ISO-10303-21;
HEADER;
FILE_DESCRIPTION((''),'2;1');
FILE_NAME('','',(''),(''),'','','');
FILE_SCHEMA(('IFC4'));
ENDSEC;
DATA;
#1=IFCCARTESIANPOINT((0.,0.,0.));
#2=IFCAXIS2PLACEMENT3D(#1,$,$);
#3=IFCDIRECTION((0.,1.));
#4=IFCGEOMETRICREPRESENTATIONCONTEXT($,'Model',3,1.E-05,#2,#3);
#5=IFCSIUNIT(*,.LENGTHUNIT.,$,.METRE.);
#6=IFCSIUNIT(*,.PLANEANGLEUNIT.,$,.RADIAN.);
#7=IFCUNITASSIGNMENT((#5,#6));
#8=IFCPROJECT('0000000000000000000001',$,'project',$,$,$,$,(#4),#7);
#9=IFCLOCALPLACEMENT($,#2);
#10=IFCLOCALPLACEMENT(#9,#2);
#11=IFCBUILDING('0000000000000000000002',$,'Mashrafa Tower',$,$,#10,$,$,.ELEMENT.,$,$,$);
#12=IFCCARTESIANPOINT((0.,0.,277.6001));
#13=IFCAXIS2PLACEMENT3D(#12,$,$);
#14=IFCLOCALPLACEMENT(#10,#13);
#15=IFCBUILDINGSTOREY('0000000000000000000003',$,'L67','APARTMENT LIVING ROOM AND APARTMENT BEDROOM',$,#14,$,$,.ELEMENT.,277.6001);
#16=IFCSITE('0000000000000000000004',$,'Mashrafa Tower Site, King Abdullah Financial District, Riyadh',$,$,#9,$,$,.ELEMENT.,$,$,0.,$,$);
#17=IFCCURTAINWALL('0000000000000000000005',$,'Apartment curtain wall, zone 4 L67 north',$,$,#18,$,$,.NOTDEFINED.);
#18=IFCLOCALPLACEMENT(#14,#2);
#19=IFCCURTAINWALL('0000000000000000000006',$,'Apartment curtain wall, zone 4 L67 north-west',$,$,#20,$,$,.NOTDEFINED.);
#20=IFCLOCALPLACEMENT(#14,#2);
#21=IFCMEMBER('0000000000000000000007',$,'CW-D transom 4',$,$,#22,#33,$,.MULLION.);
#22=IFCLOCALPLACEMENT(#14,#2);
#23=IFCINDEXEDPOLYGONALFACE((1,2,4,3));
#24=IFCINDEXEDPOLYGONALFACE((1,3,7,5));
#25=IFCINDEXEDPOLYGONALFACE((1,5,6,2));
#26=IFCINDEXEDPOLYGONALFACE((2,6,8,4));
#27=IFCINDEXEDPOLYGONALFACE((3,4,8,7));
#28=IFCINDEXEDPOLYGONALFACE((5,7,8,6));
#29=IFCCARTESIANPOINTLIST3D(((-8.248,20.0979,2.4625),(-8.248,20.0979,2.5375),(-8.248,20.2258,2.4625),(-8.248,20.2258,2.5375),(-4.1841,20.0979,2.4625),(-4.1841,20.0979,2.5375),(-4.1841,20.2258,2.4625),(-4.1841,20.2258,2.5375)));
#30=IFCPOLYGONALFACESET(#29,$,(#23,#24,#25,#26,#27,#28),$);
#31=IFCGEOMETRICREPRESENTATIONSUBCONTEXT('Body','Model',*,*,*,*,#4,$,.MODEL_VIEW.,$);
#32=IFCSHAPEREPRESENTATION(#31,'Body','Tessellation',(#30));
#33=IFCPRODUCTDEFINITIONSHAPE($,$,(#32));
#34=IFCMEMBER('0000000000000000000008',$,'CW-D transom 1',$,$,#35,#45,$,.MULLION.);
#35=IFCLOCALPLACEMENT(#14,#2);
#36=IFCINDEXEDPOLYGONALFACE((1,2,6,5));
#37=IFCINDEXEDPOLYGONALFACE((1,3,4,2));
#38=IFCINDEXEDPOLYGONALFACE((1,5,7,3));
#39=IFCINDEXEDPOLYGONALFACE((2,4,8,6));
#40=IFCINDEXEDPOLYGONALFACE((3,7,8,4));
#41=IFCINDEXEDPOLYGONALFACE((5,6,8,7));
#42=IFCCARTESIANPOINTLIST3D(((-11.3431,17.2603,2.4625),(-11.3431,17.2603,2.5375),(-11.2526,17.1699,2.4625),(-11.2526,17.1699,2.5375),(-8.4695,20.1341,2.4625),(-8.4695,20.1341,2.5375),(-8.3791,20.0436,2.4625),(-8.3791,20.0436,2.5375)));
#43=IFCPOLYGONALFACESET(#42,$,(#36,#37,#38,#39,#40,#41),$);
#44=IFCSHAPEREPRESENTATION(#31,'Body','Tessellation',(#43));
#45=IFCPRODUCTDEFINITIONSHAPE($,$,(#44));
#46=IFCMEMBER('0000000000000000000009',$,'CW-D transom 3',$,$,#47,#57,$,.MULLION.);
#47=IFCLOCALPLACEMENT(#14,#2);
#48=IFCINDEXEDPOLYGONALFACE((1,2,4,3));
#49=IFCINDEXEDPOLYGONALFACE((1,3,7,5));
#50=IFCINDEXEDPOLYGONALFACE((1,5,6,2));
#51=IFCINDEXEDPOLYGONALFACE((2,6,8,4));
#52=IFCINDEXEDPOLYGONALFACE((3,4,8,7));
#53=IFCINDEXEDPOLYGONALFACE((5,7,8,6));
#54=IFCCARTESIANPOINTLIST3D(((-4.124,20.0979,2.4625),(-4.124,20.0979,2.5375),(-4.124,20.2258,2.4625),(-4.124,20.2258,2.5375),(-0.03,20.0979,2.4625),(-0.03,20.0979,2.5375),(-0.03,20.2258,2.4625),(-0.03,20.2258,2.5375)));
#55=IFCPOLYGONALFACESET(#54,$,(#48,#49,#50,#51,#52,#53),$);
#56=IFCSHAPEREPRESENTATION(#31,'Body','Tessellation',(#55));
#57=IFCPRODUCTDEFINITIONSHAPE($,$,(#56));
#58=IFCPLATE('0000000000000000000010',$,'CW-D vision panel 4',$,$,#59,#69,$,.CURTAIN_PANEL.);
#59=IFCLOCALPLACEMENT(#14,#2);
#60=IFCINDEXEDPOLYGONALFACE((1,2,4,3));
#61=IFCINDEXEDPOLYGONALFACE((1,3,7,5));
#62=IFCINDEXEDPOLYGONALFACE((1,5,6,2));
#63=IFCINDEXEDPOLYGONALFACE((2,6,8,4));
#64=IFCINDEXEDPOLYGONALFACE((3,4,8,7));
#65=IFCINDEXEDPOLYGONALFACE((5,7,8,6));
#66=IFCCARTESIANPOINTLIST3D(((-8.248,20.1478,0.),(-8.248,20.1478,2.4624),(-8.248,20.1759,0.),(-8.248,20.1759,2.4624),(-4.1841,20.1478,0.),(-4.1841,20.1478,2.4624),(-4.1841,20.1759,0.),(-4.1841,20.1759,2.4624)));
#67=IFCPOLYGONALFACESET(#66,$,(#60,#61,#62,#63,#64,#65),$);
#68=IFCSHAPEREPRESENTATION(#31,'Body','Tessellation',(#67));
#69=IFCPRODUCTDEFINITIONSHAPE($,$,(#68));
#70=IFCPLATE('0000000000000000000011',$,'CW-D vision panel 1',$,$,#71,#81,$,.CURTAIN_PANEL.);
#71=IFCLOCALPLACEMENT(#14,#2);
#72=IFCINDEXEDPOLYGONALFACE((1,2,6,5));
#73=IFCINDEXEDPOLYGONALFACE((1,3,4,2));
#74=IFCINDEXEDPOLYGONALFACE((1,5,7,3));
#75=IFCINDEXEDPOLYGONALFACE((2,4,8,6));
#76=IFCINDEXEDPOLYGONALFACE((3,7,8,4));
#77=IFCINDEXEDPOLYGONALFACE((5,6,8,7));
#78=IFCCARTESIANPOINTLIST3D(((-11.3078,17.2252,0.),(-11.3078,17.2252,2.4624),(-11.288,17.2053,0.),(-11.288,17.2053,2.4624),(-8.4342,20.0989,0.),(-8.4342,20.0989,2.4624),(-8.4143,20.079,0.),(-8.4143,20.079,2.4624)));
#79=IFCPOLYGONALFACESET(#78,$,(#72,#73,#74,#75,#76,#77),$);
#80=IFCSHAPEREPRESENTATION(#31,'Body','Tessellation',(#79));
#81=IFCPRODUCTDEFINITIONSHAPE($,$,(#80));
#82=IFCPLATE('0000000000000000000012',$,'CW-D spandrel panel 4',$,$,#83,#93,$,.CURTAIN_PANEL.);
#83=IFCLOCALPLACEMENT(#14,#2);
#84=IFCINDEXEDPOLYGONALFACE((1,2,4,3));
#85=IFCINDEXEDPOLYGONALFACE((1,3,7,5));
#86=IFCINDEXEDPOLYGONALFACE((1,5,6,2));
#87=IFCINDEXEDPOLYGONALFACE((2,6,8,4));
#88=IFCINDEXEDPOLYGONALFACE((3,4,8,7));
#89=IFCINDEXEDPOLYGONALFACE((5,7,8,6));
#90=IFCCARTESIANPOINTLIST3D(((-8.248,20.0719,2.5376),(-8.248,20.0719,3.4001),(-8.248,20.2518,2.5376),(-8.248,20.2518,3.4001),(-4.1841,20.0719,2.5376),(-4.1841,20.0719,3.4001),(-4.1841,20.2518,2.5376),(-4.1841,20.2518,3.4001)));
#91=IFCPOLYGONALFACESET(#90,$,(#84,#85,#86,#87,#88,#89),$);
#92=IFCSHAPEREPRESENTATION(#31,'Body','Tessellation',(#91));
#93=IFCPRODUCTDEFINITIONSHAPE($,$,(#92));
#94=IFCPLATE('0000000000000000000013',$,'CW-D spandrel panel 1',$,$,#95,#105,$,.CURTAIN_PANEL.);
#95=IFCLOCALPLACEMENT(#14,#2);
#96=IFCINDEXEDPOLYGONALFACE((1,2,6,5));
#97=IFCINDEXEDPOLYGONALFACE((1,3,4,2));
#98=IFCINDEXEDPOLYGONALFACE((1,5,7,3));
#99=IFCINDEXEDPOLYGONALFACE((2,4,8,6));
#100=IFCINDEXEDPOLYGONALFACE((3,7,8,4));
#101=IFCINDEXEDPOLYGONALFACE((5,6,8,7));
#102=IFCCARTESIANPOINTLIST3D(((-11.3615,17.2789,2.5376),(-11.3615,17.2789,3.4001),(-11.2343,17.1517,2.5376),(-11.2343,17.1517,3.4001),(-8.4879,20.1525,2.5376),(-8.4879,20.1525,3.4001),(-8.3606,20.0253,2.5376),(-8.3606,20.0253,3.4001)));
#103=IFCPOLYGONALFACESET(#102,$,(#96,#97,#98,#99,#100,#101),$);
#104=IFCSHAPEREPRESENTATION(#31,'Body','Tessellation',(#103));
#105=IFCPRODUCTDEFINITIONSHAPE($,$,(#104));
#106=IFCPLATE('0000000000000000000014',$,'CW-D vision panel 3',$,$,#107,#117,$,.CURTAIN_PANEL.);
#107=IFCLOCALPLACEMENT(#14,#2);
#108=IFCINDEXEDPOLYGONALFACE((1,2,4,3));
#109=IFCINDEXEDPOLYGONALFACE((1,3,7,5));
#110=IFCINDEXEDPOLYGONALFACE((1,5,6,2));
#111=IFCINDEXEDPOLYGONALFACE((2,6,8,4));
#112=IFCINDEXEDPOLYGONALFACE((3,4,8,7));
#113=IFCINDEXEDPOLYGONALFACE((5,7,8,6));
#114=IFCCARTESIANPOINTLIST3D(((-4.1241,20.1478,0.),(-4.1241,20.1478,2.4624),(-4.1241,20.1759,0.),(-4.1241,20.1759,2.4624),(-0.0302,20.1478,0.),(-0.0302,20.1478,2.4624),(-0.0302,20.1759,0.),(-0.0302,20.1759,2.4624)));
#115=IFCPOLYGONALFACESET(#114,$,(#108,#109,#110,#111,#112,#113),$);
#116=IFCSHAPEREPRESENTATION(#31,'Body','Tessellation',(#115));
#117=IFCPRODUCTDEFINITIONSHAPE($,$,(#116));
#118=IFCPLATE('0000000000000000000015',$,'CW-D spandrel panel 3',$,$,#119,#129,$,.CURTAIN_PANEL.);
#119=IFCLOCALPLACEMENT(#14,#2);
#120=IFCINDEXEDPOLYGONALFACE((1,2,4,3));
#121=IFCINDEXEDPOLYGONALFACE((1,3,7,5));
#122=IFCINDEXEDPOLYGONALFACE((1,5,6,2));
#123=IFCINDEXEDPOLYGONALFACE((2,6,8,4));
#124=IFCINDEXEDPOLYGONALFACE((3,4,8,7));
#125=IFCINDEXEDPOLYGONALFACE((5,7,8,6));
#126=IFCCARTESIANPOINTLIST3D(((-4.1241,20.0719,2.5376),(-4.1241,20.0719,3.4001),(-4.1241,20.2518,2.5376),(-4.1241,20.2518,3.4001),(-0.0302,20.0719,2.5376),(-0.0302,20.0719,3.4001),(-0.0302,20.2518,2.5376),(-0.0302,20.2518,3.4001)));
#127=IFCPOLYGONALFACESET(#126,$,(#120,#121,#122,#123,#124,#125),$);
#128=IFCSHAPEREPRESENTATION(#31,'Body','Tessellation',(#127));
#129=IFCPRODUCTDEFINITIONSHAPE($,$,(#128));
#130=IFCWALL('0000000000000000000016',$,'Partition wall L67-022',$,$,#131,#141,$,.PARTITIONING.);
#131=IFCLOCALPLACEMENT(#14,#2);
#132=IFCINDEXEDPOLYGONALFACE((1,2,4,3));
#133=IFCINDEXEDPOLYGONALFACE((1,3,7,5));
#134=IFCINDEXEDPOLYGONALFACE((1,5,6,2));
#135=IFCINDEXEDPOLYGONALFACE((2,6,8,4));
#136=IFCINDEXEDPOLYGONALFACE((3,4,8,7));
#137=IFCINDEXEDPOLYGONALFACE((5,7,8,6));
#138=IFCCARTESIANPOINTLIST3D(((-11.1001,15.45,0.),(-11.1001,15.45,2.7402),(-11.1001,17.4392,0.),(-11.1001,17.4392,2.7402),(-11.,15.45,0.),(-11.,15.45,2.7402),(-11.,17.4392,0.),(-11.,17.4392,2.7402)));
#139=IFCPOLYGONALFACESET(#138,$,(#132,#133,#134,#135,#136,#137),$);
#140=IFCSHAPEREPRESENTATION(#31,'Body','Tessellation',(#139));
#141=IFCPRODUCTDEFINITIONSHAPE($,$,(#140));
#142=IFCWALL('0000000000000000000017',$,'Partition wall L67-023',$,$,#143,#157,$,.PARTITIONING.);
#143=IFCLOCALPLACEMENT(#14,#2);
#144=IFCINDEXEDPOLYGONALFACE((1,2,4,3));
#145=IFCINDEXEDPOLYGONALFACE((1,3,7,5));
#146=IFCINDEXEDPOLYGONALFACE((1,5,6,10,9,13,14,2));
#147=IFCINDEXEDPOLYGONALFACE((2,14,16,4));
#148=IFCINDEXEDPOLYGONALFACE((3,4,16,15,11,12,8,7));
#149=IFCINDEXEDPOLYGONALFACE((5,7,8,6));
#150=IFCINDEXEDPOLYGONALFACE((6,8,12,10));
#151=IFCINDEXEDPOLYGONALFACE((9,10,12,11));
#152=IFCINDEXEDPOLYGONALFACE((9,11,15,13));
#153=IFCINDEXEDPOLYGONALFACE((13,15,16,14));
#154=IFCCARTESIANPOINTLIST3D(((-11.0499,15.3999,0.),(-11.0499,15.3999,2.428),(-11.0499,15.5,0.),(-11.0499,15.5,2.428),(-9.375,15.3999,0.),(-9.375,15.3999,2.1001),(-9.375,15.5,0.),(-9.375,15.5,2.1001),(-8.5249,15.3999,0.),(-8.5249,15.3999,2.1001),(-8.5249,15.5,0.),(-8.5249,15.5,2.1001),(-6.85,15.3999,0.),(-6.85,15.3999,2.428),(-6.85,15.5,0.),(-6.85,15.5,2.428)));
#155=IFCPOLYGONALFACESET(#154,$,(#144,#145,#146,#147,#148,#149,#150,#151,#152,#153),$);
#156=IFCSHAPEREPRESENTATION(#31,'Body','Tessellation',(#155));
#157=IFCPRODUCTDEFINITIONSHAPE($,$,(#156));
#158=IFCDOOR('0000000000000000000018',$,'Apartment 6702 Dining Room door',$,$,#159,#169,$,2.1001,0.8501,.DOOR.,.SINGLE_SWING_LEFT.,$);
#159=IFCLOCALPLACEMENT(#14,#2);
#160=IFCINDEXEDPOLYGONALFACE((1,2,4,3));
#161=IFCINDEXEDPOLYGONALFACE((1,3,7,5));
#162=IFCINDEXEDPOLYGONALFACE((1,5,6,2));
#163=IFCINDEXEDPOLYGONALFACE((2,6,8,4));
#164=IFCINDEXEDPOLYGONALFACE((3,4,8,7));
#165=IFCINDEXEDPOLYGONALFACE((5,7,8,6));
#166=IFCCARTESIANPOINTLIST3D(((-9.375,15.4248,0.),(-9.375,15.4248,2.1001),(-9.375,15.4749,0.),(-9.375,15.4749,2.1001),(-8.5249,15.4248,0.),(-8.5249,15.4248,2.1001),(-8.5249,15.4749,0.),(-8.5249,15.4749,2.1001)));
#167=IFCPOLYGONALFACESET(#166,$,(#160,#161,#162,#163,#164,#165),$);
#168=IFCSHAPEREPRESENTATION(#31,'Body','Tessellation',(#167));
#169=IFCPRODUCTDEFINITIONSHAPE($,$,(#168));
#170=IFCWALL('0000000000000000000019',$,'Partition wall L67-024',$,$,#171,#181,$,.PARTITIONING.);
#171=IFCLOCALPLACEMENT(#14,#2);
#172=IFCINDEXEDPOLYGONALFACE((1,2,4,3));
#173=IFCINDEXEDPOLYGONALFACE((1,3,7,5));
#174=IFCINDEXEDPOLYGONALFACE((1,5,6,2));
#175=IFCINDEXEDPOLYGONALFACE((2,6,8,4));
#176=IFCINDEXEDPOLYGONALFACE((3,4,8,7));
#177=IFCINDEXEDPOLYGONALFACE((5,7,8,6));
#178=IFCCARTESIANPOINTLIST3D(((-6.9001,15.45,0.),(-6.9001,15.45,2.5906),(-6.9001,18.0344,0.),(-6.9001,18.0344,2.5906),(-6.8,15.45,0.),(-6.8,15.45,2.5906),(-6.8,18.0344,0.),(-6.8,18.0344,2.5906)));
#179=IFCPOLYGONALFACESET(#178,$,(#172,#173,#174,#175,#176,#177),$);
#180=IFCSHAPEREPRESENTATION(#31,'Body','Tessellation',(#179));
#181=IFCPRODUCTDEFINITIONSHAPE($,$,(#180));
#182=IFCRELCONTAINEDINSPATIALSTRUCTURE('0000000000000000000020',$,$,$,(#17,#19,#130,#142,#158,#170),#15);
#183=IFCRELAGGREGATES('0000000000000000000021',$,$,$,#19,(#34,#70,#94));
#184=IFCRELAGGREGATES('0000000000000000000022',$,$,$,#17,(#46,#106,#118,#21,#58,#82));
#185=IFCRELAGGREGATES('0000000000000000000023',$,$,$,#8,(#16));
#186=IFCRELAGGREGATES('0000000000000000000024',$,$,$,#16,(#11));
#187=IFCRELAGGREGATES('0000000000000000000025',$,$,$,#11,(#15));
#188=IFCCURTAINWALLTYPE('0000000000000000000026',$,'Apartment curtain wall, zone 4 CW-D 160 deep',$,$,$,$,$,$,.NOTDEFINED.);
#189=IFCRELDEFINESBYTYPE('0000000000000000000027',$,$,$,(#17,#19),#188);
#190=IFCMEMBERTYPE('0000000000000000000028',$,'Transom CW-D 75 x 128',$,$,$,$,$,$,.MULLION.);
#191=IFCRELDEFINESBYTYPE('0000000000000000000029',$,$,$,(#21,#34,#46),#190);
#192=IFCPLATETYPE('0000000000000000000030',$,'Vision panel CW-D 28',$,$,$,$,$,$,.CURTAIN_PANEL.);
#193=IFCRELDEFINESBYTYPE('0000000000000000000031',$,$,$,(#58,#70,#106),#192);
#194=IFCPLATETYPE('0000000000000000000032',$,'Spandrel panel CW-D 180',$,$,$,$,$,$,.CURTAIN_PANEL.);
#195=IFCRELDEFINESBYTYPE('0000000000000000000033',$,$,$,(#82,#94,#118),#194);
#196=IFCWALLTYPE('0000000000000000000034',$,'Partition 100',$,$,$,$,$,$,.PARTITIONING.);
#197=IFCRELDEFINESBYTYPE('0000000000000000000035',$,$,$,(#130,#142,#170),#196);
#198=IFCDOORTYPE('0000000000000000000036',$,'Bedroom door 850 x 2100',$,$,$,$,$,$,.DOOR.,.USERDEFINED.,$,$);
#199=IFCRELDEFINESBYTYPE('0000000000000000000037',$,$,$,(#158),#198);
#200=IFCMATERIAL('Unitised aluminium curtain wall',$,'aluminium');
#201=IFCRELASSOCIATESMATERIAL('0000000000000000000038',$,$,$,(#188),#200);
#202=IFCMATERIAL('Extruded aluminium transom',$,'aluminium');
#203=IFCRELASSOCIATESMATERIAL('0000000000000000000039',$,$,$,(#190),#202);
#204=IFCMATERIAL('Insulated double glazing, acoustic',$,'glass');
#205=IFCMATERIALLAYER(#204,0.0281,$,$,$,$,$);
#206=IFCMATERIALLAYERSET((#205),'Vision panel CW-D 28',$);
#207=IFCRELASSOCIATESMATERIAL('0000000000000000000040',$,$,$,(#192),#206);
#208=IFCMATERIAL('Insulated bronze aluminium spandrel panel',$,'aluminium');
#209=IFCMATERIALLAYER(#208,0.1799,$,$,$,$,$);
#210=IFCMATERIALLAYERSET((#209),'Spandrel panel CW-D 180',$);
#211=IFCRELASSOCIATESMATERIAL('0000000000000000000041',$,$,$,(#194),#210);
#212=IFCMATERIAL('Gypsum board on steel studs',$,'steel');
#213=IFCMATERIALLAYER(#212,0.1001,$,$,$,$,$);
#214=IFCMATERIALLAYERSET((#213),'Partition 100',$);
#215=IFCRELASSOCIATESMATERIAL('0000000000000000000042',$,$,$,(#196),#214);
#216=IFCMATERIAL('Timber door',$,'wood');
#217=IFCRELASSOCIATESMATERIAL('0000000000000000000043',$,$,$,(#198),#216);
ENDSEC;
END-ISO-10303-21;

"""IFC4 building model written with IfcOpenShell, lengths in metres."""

from ifc_helpers import new_model, si_unit, direction, frame, frame_2d, origin, origin_2d, place, context, subcontext, project, spatial, rectangle, extrude, source, transform, mapped, material, layer, layer_set, material_profile, profile_set, type_object, type_shapes, element, fill, aggregate, save


model = new_model("IFC4")

# Units and contexts
model_context = context("Model", 3, precision=1e-05, world=origin(), true_north=direction((0.0, 1.0)))
body_context = subcontext(model_context, "Body", "Model", "MODEL_VIEW")
ifc_project = project(units=[si_unit("LENGTHUNIT", "METRE"), si_unit("PLANEANGLEUNIT", "RADIAN")], contexts=[model_context])

# Site, building, storey
site_placement = place(None, origin())
site = spatial("IfcSite", under=ifc_project, at=site_placement, Name="Mashrafa Tower Site, King Abdullah Financial District, Riyadh", CompositionType="ELEMENT", RefElevation=0.0)
building_placement = place(site_placement, origin())
building = spatial("IfcBuilding", under=site, at=building_placement, Name="Mashrafa Tower", CompositionType="ELEMENT")
storey_placement = place(building_placement, frame((0.0, 0.0, 277.6001)))
storey = spatial("IfcBuildingStorey", under=building, at=storey_placement, Name="L67", Description="APARTMENT LIVING ROOM AND APARTMENT BEDROOM", CompositionType="ELEMENT", Elevation=277.6001)

# Curtain wall
ifc_material_1 = material(Name="Unitised aluminium curtain wall", Category="aluminium")
curtain_wall_type = type_object("IfcCurtainWallType", Name="Apartment curtain wall, zone 4 CW-D 160 deep", PredefinedType="NOTDEFINED", material=ifc_material_1)
curtain_wall_1_placement = place(storey_placement, origin())
curtain_wall_1 = element("IfcCurtainWall", 1, at=curtain_wall_1_placement, inside=storey, type_object=curtain_wall_type, Name="Apartment curtain wall, zone 4 L67 north", PredefinedType="NOTDEFINED")

# Curtain wall
curtain_wall_2_placement = place(storey_placement, origin())
curtain_wall_2 = element("IfcCurtainWall", 2, at=curtain_wall_2_placement, inside=storey, type_object=curtain_wall_type, Name="Apartment curtain wall, zone 4 L67 north-west", PredefinedType="NOTDEFINED")

# Members
ifc_material_2 = material(Name="Extruded aluminium transom", Category="aluminium")
ifc_material_profile_1 = material_profile(ifc_material_2, rectangle(XDim=0.1279, YDim=0.075, at=origin_2d()), Name="Transom 75x128")
ifc_profile_set_1 = profile_set([ifc_material_profile_1], Name="Extruded aluminium transom")
member_type_1 = type_object("IfcMemberType", Name="Transom CW-D 75 x 128", PredefinedType="MULLION", material=ifc_profile_set_1)
shared_shape_1 = source(origin(), body_context, "Body", "SweptSolid", [
    extrude(rectangle(XDim=0.1279, YDim=0.075, at=origin_2d()), origin(), (0.0, 0.0, 1.0), 4.064),
])
member_1_placement = place(storey_placement, frame((-4.1841, 20.1619, 2.5), z_axis=(-1.0, 0.0, 0.0), x_axis=(0.0, -1.0, 0.0)))
member_1 = element("IfcMember", 3, at=member_1_placement, type_object=member_type_1, Name="CW-D transom 4", PredefinedType="MULLION", context=body_context, shape_type="MappedRepresentation", body=[
    mapped(shared_shape_1, transform((0.0, 0.0, 0.0))),
])
member_2_placement = place(storey_placement, frame((-8.4243, 20.0889, 2.5), z_axis=(-0.707077, -0.707137, 0.0), x_axis=(0.707137, -0.707077, 0.0)))
member_2 = element("IfcMember", 4, at=member_2_placement, type_object=member_type_1, Name="CW-D transom 1", PredefinedType="MULLION", context=body_context, shape_type="MappedRepresentation", body=[
    mapped(shared_shape_1, transform((0.0, 0.0, 0.0))),
])
shared_shape_2 = source(origin(), body_context, "Body", "SweptSolid", [
    extrude(rectangle(XDim=0.1279, YDim=0.075, at=origin_2d()), origin(), (0.0, 0.0, 1.0), 4.094),
])
type_shapes(member_type_1, [shared_shape_1, shared_shape_2])
member_3_placement = place(storey_placement, frame((-0.03, 20.1619, 2.5), z_axis=(-1.0, 0.0, 0.0), x_axis=(0.0, -1.0, 0.0)))
member_3 = element("IfcMember", 5, at=member_3_placement, type_object=member_type_1, Name="CW-D transom 3", PredefinedType="MULLION", context=body_context, shape_type="MappedRepresentation", body=[
    mapped(shared_shape_2, transform((0.0, 0.0, 0.0))),
])

# Plates
ifc_material_3 = material(Name="Insulated double glazing, acoustic", Category="glass")
ifc_layer_1 = layer(ifc_material_3, 0.0281)
ifc_layer_set_1 = layer_set([ifc_layer_1], Name="Vision panel CW-D 28")
plate_type_1 = type_object("IfcPlateType", Name="Vision panel CW-D 28", PredefinedType="CURTAIN_PANEL", material=ifc_layer_set_1)
shared_shape_3 = source(origin(), body_context, "Body", "SweptSolid", [
    extrude(rectangle(XDim=4.064, YDim=0.0281, at=origin_2d()), origin(), (0.0, 0.0, 1.0), 2.4624),
])
plate_1_placement = place(storey_placement, frame((-6.2161, 20.1619, 0.0), z_axis=(0.0, 0.0, 1.0), x_axis=(-1.0, 0.0, 0.0)))
plate_1 = element("IfcPlate", 6, at=plate_1_placement, type_object=plate_type_1, Name="CW-D vision panel 4", PredefinedType="CURTAIN_PANEL", context=body_context, shape_type="MappedRepresentation", body=[
    mapped(shared_shape_3, transform((0.0, 0.0, 0.0))),
])
plate_2_placement = place(storey_placement, frame((-9.8611, 18.6521, 0.0), z_axis=(0.0, 0.0, 1.0), x_axis=(-0.707107, -0.707107, 0.0)))
plate_2 = element("IfcPlate", 7, at=plate_2_placement, type_object=plate_type_1, Name="CW-D vision panel 1", PredefinedType="CURTAIN_PANEL", context=body_context, shape_type="MappedRepresentation", body=[
    mapped(shared_shape_3, transform((0.0, 0.0, 0.0))),
])
ifc_material_4 = material(Name="Insulated bronze aluminium spandrel panel", Category="aluminium")
ifc_layer_2 = layer(ifc_material_4, 0.1799)
ifc_layer_set_2 = layer_set([ifc_layer_2], Name="Spandrel panel CW-D 180")
plate_type_2 = type_object("IfcPlateType", Name="Spandrel panel CW-D 180", PredefinedType="CURTAIN_PANEL", material=ifc_layer_set_2)
shared_shape_4 = source(origin(), body_context, "Body", "SweptSolid", [
    extrude(rectangle(XDim=4.064, YDim=0.1799, at=origin_2d()), origin(), (0.0, 0.0, 1.0), 0.8625),
])
plate_3_placement = place(storey_placement, frame((-6.2161, 20.1619, 2.5376), z_axis=(0.0, 0.0, 1.0), x_axis=(-1.0, 0.0, 0.0)))
plate_3 = element("IfcPlate", 8, at=plate_3_placement, type_object=plate_type_2, Name="CW-D spandrel panel 4", PredefinedType="CURTAIN_PANEL", context=body_context, shape_type="MappedRepresentation", body=[
    mapped(shared_shape_4, transform((0.0, 0.0, 0.0))),
])
plate_4_placement = place(storey_placement, frame((-9.8611, 18.6521, 2.5376), z_axis=(0.0, 0.0, 1.0), x_axis=(-0.707107, -0.707107, 0.0)))
plate_4 = element("IfcPlate", 9, at=plate_4_placement, type_object=plate_type_2, Name="CW-D spandrel panel 1", PredefinedType="CURTAIN_PANEL", context=body_context, shape_type="MappedRepresentation", body=[
    mapped(shared_shape_4, transform((0.0, 0.0, 0.0))),
])
aggregate(curtain_wall_2, [member_2, plate_2, plate_4])
shared_shape_5 = source(origin(), body_context, "Body", "SweptSolid", [
    extrude(rectangle(XDim=4.094, YDim=0.0281, at=origin_2d()), origin(), (0.0, 0.0, 1.0), 2.4624),
])
type_shapes(plate_type_1, [shared_shape_3, shared_shape_5])
plate_5_placement = place(storey_placement, frame((-2.0771, 20.1619, 0.0), z_axis=(0.0, 0.0, 1.0), x_axis=(-1.0, 0.0, 0.0)))
plate_5 = element("IfcPlate", 10, at=plate_5_placement, type_object=plate_type_1, Name="CW-D vision panel 3", PredefinedType="CURTAIN_PANEL", context=body_context, shape_type="MappedRepresentation", body=[
    mapped(shared_shape_5, transform((0.0, 0.0, 0.0))),
])
shared_shape_6 = source(origin(), body_context, "Body", "SweptSolid", [
    extrude(rectangle(XDim=4.094, YDim=0.1799, at=origin_2d()), origin(), (0.0, 0.0, 1.0), 0.8625),
])
type_shapes(plate_type_2, [shared_shape_4, shared_shape_6])
plate_6_placement = place(storey_placement, frame((-2.0771, 20.1619, 2.5376), z_axis=(0.0, 0.0, 1.0), x_axis=(-1.0, 0.0, 0.0)))
plate_6 = element("IfcPlate", 11, at=plate_6_placement, type_object=plate_type_2, Name="CW-D spandrel panel 3", PredefinedType="CURTAIN_PANEL", context=body_context, shape_type="MappedRepresentation", body=[
    mapped(shared_shape_6, transform((0.0, 0.0, 0.0))),
])
aggregate(curtain_wall_1, [member_3, plate_5, plate_6, member_1, plate_1, plate_3])

# Wall
ifc_material_5 = material(Name="Gypsum board on steel studs", Category="steel")
ifc_layer_3 = layer(ifc_material_5, 0.1001)
ifc_layer_set_3 = layer_set([ifc_layer_3], Name="Partition 100")
wall_type = type_object("IfcWallType", Name="Partition 100", PredefinedType="PARTITIONING", material=ifc_layer_set_3)
wall_1_placement = place(storey_placement, frame((-11.05, 17.4392, 0.0), z_axis=(0.0, 0.0, 1.0), x_axis=(0.0, -1.0, 0.0)))
element("IfcWall", 12, at=wall_1_placement, inside=storey, type_object=wall_type, Name="Partition wall L67-022", PredefinedType="PARTITIONING", context=body_context, shape_type="SweptSolid", body=[
    extrude(rectangle(XDim=1.9893, YDim=0.1001, at=frame_2d((0.9946, 0.0))), origin(), (0.0, 0.0, 1.0), 2.7402),
])

# Wall, opening, door
wall_2_placement = place(storey_placement, frame((-11.05, 15.45, 0.0), z_axis=(0.0, 0.0, 1.0), x_axis=(1.0, 0.0, 0.0)))
wall_2 = element("IfcWall", 13, at=wall_2_placement, inside=storey, type_object=wall_type, Name="Partition wall L67-023", PredefinedType="PARTITIONING", context=body_context, shape_type="SweptSolid", body=[
    extrude(rectangle(XDim=4.2, YDim=0.1001, at=frame_2d((2.1001, 0.0))), origin(), (0.0, 0.0, 1.0), 2.428),
])
opening_placement = place(wall_2_placement, frame((1.675, 0.0, 0.0)))
opening = element("IfcOpeningElement", 14, at=opening_placement, cuts=wall_2, PredefinedType="OPENING", context=body_context, shape_type="SweptSolid", body=[
    extrude(rectangle(XDim=0.8501, YDim=2.1001, at=frame_2d((0.425, 1.05))), frame((0.0, 0.0601, 0.0), z_axis=(0.0, -1.0, 0.0), x_axis=(1.0, 0.0, 0.0)), (0.0, 0.0, 1.0), 0.1201),
])
ifc_material_6 = material(Name="Timber door", Category="wood")
door_type = type_object("IfcDoorType", Name="Bedroom door 850 x 2100", OperationType="USERDEFINED", PredefinedType="DOOR", material=ifc_material_6)
door_placement = place(opening_placement, origin())
door = element("IfcDoor", 15, at=door_placement, inside=storey, type_object=door_type, Name="Apartment 6702 Dining Room door", OperationType="SINGLE_SWING_LEFT", OverallHeight=2.1001, OverallWidth=0.8501, PredefinedType="DOOR", context=body_context, shape_type="SweptSolid", body=[
    extrude(rectangle(XDim=0.8501, YDim=2.1001, at=frame_2d((0.425, 1.05))), frame((0.0, 0.0249, 0.0), z_axis=(0.0, -1.0, 0.0), x_axis=(1.0, 0.0, 0.0)), (0.0, 0.0, 1.0), 0.05),
])
fill(opening, door)

# Wall
wall_3_placement = place(storey_placement, frame((-6.8501, 15.45, 0.0), z_axis=(0.0, 0.0, 1.0), x_axis=(0.0, 1.0, 0.0)))
element("IfcWall", 16, at=wall_3_placement, inside=storey, type_object=wall_type, Name="Partition wall L67-024", PredefinedType="PARTITIONING", context=body_context, shape_type="SweptSolid", body=[
    extrude(rectangle(XDim=2.5845, YDim=0.1001, at=frame_2d((1.2922, 0.0))), origin(), (0.0, 0.0, 1.0), 2.5906),
])

save(model, "model.ifc")
